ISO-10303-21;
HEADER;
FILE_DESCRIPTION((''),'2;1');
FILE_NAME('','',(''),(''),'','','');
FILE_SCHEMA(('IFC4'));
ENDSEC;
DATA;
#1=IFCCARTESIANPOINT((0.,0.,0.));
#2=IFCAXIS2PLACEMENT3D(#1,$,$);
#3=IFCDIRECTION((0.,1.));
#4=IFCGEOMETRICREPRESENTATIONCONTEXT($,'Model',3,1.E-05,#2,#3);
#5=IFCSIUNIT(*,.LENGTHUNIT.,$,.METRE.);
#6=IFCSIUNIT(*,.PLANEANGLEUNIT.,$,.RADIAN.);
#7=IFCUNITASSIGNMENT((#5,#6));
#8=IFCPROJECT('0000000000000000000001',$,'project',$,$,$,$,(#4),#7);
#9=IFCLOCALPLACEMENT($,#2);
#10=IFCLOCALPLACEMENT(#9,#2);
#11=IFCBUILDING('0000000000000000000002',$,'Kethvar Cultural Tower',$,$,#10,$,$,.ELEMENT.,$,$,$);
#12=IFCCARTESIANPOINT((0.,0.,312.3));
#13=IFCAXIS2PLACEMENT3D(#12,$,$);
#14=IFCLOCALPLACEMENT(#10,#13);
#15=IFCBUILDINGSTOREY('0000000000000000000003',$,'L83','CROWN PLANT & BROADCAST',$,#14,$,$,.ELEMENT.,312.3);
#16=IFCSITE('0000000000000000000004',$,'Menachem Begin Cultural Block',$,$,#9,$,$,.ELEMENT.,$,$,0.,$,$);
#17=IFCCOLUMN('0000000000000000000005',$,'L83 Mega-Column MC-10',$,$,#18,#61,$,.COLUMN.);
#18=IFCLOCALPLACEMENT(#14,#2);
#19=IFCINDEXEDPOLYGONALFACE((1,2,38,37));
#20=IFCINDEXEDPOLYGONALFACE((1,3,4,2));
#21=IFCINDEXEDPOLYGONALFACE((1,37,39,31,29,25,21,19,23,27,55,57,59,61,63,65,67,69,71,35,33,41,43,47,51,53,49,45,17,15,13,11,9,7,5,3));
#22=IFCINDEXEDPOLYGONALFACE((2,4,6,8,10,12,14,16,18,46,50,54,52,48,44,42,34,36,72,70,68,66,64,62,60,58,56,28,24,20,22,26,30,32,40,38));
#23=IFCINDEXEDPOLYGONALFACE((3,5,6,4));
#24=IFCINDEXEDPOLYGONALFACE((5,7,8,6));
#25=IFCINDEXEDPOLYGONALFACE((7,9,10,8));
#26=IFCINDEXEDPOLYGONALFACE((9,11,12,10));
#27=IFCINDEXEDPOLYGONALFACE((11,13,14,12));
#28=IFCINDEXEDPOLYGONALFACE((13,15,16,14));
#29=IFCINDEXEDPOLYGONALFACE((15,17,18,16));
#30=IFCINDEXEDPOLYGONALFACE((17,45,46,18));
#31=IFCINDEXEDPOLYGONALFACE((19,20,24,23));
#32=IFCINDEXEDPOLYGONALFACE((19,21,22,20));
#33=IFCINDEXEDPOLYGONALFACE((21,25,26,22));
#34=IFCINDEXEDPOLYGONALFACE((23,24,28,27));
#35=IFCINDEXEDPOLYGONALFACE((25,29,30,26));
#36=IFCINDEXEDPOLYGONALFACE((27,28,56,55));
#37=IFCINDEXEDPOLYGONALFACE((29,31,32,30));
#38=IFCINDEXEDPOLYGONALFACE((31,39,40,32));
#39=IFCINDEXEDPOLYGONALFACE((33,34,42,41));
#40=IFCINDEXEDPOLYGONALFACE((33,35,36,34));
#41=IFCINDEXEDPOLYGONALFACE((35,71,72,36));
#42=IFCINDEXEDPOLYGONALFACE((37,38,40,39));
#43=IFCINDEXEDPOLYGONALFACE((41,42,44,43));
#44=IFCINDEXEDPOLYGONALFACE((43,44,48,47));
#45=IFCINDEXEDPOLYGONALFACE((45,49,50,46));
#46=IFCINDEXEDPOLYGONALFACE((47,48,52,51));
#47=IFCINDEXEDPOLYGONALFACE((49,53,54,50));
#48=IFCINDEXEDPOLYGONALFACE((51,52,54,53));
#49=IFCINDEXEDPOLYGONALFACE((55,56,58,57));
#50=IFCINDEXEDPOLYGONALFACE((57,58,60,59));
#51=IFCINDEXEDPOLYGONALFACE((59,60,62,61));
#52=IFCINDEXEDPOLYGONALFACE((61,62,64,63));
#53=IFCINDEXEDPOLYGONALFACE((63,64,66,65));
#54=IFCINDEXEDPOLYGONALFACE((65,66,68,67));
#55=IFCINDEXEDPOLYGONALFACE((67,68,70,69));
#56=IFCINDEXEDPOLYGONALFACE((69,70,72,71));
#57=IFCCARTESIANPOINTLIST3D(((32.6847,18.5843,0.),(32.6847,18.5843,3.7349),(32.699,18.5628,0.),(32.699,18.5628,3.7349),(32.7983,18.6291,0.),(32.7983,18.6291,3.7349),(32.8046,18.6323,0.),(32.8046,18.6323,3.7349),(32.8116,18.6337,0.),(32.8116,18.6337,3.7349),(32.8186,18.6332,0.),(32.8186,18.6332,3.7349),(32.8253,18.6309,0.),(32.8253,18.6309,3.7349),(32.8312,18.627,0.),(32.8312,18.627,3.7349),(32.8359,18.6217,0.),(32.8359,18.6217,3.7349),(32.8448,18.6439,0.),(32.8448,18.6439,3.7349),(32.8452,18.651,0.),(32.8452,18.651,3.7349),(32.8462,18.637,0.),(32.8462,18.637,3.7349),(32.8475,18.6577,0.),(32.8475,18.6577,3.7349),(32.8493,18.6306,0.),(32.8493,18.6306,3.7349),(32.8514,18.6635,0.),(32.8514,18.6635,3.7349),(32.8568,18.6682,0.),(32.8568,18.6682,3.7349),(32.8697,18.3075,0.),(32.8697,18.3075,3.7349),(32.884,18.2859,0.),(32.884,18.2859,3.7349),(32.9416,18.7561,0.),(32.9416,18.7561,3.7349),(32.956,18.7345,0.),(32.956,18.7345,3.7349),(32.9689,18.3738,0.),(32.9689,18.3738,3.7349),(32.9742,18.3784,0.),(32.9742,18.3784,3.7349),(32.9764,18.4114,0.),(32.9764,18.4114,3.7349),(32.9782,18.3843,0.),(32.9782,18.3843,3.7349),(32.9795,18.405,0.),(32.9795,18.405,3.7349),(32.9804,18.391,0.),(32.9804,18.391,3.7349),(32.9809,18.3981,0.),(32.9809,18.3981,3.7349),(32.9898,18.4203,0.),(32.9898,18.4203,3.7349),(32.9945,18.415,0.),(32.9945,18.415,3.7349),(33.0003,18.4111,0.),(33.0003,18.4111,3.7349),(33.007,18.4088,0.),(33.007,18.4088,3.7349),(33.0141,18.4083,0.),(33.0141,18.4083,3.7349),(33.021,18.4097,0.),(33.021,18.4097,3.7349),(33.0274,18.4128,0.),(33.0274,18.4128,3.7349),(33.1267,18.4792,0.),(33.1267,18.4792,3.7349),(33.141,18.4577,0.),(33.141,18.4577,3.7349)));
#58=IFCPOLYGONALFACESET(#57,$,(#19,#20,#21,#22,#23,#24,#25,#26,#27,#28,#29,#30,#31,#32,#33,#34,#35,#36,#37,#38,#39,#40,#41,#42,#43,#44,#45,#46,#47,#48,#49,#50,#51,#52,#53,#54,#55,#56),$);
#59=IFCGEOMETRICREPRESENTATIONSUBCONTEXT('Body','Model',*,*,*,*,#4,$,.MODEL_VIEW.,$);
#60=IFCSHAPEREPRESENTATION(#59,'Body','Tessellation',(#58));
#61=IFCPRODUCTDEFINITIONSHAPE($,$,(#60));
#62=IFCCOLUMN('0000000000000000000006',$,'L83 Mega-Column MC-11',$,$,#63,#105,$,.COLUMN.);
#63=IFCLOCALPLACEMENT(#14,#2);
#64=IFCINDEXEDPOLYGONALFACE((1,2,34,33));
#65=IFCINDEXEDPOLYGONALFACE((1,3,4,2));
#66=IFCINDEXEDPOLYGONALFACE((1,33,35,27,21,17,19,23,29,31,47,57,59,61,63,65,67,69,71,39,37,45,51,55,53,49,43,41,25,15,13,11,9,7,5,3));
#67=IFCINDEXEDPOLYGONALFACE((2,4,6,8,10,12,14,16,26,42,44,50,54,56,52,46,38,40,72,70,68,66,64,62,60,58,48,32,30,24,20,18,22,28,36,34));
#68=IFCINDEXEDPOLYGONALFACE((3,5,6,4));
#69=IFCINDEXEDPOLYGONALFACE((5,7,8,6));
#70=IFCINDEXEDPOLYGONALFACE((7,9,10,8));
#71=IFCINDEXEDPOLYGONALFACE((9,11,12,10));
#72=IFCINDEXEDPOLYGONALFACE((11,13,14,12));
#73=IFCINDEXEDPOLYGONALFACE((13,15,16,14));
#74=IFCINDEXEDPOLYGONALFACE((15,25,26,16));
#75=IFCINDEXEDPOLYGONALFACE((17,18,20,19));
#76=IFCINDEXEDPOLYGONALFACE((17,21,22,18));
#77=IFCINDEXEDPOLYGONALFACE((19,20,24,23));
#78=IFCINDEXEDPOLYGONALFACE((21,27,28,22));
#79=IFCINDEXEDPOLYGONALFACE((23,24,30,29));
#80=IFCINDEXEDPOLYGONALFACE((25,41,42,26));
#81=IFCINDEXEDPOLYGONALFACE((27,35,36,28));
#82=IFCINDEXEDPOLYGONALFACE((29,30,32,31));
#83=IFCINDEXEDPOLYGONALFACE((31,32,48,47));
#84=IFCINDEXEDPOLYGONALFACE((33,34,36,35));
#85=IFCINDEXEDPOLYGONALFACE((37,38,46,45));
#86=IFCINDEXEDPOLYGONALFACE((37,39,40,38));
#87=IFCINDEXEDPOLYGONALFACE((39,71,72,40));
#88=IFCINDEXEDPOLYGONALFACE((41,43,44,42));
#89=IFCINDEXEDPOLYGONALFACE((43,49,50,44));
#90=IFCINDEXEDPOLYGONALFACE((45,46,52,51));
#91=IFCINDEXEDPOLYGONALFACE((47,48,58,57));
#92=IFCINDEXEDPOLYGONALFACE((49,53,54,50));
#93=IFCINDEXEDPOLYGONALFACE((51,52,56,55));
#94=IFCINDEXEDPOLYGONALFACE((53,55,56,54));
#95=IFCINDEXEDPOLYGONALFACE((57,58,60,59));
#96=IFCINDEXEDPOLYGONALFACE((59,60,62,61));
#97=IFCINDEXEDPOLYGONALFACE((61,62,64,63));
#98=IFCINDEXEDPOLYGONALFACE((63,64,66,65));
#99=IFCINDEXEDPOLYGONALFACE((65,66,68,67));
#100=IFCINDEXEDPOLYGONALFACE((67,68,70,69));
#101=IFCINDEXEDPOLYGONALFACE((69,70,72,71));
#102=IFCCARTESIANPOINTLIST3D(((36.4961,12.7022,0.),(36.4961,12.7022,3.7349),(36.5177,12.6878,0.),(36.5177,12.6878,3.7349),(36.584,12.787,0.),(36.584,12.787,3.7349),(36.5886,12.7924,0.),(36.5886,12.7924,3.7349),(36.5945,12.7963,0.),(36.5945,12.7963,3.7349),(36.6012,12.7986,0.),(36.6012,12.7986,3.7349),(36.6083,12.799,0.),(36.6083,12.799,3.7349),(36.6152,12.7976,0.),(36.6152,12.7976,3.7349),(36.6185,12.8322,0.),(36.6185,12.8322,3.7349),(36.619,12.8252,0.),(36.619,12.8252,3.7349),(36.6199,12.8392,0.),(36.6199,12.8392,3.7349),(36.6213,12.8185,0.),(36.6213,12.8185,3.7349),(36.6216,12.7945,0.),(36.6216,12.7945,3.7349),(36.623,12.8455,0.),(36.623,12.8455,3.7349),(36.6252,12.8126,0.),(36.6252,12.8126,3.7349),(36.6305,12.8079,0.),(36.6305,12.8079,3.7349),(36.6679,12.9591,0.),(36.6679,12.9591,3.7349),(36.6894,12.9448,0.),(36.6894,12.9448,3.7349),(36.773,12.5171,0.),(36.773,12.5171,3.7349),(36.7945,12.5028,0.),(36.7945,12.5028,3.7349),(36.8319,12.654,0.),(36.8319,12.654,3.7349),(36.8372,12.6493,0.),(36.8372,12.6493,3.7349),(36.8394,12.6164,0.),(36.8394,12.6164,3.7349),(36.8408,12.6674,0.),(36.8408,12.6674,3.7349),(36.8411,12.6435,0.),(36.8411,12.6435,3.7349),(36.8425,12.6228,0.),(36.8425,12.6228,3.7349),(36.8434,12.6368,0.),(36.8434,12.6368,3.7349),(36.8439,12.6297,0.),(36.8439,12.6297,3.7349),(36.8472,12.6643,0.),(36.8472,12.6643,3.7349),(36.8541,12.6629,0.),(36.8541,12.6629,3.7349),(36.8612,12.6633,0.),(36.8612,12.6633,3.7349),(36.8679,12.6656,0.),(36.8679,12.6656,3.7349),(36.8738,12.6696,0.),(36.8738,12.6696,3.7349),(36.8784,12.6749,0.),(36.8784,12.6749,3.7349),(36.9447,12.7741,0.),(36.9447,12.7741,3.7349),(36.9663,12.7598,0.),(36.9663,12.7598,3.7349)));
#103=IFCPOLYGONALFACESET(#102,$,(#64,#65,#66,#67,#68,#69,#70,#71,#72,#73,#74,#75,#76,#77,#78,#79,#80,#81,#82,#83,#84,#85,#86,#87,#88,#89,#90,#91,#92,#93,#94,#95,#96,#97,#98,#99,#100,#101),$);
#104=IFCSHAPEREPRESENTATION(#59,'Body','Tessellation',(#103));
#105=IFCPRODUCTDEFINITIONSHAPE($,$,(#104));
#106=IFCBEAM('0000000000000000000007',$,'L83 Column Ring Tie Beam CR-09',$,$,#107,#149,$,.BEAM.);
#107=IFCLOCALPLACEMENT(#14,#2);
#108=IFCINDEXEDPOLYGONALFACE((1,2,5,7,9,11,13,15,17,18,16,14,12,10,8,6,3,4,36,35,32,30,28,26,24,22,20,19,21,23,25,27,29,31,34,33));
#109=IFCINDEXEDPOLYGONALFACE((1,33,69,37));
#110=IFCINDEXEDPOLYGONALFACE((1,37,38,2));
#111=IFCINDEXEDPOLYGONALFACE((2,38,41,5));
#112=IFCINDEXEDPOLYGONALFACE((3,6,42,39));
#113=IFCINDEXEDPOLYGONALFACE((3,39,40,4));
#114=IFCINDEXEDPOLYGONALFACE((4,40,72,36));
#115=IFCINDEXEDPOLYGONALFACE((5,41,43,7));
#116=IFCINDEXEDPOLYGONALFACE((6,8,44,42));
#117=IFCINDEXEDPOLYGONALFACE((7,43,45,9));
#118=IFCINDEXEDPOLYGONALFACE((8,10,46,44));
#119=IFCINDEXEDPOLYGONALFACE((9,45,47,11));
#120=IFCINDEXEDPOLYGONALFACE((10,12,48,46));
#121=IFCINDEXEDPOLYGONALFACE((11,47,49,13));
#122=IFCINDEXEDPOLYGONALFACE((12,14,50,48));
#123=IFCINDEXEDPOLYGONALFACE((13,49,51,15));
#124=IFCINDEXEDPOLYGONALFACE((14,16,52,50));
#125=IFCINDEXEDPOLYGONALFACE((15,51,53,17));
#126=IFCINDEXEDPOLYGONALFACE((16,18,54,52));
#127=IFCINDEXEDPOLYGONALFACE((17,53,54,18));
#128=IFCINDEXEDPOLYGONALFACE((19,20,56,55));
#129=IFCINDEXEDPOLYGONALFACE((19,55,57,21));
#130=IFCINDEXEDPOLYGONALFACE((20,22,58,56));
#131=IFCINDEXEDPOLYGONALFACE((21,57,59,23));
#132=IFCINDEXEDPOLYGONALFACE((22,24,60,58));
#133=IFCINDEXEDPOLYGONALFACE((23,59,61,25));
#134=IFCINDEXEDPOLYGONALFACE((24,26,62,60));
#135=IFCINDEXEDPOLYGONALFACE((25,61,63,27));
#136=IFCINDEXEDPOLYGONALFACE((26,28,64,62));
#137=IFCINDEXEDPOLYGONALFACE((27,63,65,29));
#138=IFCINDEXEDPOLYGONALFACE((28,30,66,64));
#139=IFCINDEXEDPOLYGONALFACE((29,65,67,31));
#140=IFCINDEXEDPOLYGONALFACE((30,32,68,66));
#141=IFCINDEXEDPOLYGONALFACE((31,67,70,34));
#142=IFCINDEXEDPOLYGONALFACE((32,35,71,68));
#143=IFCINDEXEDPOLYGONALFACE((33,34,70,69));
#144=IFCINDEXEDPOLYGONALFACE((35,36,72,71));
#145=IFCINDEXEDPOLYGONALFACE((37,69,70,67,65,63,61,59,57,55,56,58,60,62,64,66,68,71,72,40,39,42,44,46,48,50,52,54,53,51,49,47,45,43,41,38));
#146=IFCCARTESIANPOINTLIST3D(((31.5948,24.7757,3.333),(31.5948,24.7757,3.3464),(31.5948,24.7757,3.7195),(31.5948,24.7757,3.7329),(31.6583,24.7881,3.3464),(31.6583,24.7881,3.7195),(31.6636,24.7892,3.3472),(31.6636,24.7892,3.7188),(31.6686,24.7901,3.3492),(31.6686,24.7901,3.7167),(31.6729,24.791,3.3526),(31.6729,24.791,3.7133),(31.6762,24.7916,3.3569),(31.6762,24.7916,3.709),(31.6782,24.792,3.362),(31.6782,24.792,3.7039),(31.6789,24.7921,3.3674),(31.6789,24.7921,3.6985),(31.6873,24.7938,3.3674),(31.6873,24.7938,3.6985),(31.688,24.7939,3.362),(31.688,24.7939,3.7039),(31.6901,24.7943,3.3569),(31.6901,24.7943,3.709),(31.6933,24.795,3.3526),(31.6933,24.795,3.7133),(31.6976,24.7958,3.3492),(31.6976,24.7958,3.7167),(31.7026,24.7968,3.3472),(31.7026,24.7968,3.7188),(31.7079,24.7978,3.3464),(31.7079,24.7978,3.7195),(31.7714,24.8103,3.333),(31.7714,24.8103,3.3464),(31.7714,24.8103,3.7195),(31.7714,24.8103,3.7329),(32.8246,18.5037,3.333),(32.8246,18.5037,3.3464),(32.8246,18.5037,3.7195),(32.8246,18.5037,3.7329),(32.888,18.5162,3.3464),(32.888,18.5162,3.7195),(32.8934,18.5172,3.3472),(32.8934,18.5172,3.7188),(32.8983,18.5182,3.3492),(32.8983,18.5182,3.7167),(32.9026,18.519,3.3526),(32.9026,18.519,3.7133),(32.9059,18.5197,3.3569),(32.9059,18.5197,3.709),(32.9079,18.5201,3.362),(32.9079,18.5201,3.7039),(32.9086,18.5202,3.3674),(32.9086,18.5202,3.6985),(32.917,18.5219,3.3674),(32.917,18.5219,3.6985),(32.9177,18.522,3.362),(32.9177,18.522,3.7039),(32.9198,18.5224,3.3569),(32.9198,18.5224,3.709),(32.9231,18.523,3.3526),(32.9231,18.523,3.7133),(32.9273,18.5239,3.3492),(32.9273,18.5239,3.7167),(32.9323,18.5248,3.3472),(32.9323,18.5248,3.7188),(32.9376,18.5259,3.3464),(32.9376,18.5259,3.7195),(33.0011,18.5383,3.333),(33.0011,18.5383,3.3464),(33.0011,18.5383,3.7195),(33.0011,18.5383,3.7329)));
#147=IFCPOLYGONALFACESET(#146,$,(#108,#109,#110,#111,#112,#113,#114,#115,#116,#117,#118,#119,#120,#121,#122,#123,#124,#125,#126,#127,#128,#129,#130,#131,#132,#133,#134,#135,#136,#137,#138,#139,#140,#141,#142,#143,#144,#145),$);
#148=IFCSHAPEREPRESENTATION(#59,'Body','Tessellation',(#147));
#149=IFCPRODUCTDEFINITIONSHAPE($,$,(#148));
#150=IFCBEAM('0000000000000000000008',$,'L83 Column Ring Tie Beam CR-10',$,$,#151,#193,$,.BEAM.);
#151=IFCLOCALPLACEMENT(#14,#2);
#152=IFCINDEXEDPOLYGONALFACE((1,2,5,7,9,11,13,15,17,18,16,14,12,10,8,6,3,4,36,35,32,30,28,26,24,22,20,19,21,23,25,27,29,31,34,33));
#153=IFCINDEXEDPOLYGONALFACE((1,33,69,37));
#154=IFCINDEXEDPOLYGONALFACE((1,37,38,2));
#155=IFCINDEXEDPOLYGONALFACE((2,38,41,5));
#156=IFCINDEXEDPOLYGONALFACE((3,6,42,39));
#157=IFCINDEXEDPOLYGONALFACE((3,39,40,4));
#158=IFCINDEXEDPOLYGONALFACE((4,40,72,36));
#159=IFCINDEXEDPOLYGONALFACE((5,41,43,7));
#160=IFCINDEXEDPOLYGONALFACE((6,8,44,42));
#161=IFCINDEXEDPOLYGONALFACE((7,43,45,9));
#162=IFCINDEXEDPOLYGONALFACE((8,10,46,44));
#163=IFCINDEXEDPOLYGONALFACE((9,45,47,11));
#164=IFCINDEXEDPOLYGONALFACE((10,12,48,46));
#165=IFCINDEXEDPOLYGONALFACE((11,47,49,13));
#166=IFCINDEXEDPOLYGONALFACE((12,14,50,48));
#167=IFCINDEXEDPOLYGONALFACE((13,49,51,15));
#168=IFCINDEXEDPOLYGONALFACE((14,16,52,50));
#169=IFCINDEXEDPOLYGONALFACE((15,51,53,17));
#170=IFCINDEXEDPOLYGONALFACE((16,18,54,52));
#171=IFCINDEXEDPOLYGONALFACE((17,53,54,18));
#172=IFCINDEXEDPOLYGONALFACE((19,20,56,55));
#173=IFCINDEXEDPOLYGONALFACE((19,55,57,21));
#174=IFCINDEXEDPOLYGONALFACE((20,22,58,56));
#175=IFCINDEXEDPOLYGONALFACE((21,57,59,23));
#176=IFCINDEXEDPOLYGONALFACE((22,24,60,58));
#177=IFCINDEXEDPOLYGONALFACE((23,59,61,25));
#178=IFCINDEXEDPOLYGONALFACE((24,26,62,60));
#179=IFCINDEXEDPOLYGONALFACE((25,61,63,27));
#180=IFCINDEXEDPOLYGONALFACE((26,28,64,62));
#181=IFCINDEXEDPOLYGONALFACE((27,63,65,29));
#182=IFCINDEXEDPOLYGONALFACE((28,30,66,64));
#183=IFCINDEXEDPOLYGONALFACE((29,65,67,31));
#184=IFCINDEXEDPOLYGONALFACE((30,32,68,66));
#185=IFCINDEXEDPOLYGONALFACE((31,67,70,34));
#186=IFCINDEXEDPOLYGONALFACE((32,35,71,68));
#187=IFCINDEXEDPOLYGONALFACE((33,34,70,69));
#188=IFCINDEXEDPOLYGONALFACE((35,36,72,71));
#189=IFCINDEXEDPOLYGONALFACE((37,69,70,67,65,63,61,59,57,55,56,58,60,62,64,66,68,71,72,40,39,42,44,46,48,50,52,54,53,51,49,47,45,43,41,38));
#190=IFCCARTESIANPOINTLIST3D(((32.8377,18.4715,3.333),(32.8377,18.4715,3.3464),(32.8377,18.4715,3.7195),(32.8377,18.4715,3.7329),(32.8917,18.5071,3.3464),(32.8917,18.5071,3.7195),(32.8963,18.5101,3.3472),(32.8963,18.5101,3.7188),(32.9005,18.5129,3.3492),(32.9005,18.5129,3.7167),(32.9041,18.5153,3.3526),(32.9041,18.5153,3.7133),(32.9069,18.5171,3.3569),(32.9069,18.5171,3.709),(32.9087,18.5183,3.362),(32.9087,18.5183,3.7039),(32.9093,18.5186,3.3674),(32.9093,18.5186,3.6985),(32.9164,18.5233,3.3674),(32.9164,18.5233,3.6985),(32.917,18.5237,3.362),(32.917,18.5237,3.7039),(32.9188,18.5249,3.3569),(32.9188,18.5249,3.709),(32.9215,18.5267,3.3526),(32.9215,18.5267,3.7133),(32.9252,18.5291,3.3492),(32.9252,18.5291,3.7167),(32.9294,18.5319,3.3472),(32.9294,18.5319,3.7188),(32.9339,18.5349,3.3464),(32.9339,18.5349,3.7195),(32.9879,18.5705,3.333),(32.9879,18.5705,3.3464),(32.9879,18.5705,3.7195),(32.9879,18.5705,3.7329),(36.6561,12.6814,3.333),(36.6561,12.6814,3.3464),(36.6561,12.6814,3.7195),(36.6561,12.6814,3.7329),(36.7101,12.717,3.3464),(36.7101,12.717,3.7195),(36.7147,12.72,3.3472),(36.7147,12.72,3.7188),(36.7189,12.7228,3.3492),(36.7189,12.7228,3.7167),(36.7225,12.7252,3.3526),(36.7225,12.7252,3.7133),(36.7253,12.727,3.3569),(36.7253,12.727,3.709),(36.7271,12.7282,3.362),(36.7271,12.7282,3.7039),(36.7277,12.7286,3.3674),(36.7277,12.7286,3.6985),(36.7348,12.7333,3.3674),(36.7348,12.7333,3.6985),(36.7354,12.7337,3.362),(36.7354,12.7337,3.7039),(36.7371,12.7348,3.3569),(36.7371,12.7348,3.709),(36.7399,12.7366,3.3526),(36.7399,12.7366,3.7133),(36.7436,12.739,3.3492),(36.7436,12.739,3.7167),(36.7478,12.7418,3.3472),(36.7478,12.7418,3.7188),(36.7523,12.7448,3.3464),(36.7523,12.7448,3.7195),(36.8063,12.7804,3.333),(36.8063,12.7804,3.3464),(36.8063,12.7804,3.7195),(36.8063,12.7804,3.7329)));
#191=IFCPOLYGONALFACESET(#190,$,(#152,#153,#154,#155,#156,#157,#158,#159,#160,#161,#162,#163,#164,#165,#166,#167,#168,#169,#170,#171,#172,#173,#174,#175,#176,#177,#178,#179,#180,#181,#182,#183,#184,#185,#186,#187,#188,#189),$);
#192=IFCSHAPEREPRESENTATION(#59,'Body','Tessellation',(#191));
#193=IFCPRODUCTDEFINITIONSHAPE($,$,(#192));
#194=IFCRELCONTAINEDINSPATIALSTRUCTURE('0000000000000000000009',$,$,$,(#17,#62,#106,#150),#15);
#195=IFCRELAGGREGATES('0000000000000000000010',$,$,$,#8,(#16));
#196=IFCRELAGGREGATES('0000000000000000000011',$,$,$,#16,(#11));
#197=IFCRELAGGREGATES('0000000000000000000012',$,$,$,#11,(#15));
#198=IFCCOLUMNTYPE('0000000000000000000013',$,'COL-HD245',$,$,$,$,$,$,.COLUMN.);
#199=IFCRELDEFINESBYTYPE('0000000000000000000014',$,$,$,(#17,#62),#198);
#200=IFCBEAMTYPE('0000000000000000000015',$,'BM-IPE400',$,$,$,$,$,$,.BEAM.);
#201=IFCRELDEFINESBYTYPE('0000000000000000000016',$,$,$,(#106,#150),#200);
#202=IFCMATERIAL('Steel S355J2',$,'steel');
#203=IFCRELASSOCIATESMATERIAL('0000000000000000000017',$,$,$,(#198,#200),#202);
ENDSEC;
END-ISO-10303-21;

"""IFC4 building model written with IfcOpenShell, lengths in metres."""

from ifc_helpers import new_model, si_unit, direction, frame, origin, origin_2d, place, context, subcontext, project, spatial, i_section, extrude, source, transform, mapped, material, material_profile, profile_set, type_object, element, save


model = new_model("IFC4")

# Units and contexts
model_context = context("Model", 3, precision=1e-05, world=origin(), true_north=direction((0.0, 1.0)))
body_context = subcontext(model_context, "Body", "Model", "MODEL_VIEW")
ifc_project = project(units=[si_unit("LENGTHUNIT", "METRE"), si_unit("PLANEANGLEUNIT", "RADIAN")], contexts=[model_context])

# Site, building, storey
site_placement = place(None, origin())
site = spatial("IfcSite", under=ifc_project, at=site_placement, Name="Menachem Begin Cultural Block", CompositionType="ELEMENT", RefElevation=0.0)
building_placement = place(site_placement, origin())
building = spatial("IfcBuilding", under=site, at=building_placement, Name="Kethvar Cultural Tower", CompositionType="ELEMENT")
storey_placement = place(building_placement, frame((0.0, 0.0, 312.3)))
storey = spatial("IfcBuildingStorey", under=building, at=storey_placement, Name="L83", Description="CROWN PLANT & BROADCAST", CompositionType="ELEMENT", Elevation=312.3)

# Columns
ifc_material_1 = material(Name="Steel S355J2", Category="steel")
ifc_material_profile_1 = material_profile(ifc_material_1, i_section(OverallWidth=0.3091, OverallDepth=0.3589, WebThickness=0.0161, FlangeThickness=0.0259, FilletRadius=0.0271, at=origin_2d()), Name="Steel S355J2 — HD320x245")
ifc_profile_set_1 = profile_set([ifc_material_profile_1], Name="Steel S355J2 — HD320x245")
column_type = type_object("IfcColumnType", Name="COL-HD245", PredefinedType="COLUMN", material=ifc_profile_set_1)
shared_shape_1 = source(origin(), body_context, "Body", "SweptSolid", [
    extrude(i_section(OverallWidth=0.3091, OverallDepth=0.3589, WebThickness=0.0161, FlangeThickness=0.0259, FilletRadius=0.0271, at=origin_2d()), origin(), (0.0, 0.0, 1.0), 3.7349),
])
for number, where, z_axis, x_axis, name in (
    (1, (32.9128, 18.521, 0.0), (0.0, 0.0, 1.0), (-0.83147, -0.55557, 0.0), "L83 Mega-Column MC-10"),
    (2, (36.7312, 12.731, 0.0), (0.0, 0.0, 1.0), (-0.55557, -0.83147, 0.0), "L83 Mega-Column MC-11"),
):
    element("IfcColumn", number, at=place(storey_placement, frame(where, z_axis=z_axis, x_axis=x_axis)), inside=storey, type_object=column_type, Name=name, PredefinedType="COLUMN", context=body_context, shape_type="MappedRepresentation", body=[
        mapped(shared_shape_1, transform((0.0, 0.0, 0.0), scale=1.0)),
    ])

# Beams
ifc_material_profile_2 = material_profile(ifc_material_1, i_section(OverallWidth=0.1799, OverallDepth=0.3999, WebThickness=0.0085, FlangeThickness=0.0134, FilletRadius=0.021, at=origin_2d()), Name="Steel S355J2 — IPE400")
ifc_profile_set_2 = profile_set([ifc_material_profile_2], Name="Steel S355J2 — IPE400")
beam_type_1 = type_object("IfcBeamType", Name="BM-IPE400", PredefinedType="BEAM", material=ifc_profile_set_2)
shared_shape_2 = source(origin(), body_context, "Body", "SweptSolid", [
    extrude(i_section(OverallWidth=0.1799, OverallDepth=0.3999, WebThickness=0.0085, FlangeThickness=0.0134, FilletRadius=0.021, at=origin_2d()), origin(), (0.0, 0.0, 1.0), 6.3914),
])
beam_1_placement = place(storey_placement, frame((31.6831, 24.793, 3.533), z_axis=(0.192405, -0.981316, 0.0), x_axis=(0.981316, 0.192405, 0.0)))
element("IfcBeam", 3, at=beam_1_placement, inside=storey, type_object=beam_type_1, Name="L83 Column Ring Tie Beam CR-09", PredefinedType="BEAM", context=body_context, shape_type="MappedRepresentation", body=[
    mapped(shared_shape_2, transform((0.0, 0.0, 0.0), scale=1.0)),
])
shared_shape_3 = source(origin(), body_context, "Body", "SweptSolid", [
    extrude(i_section(OverallWidth=0.1799, OverallDepth=0.3999, WebThickness=0.0085, FlangeThickness=0.0134, FilletRadius=0.021, at=origin_2d()), origin(), (0.0, 0.0, 1.0), 6.9358),
])
beam_2_placement = place(storey_placement, frame((32.9128, 18.521, 3.533), z_axis=(0.550534, -0.834813, 0.0), x_axis=(0.834813, 0.550534, 0.0)))
element("IfcBeam", 4, at=beam_2_placement, inside=storey, type_object=beam_type_1, Name="L83 Column Ring Tie Beam CR-10", PredefinedType="BEAM", context=body_context, shape_type="MappedRepresentation", body=[
    mapped(shared_shape_3, transform((0.0, 0.0, 0.0), scale=1.0)),
])

save(model, "model.ifc")
